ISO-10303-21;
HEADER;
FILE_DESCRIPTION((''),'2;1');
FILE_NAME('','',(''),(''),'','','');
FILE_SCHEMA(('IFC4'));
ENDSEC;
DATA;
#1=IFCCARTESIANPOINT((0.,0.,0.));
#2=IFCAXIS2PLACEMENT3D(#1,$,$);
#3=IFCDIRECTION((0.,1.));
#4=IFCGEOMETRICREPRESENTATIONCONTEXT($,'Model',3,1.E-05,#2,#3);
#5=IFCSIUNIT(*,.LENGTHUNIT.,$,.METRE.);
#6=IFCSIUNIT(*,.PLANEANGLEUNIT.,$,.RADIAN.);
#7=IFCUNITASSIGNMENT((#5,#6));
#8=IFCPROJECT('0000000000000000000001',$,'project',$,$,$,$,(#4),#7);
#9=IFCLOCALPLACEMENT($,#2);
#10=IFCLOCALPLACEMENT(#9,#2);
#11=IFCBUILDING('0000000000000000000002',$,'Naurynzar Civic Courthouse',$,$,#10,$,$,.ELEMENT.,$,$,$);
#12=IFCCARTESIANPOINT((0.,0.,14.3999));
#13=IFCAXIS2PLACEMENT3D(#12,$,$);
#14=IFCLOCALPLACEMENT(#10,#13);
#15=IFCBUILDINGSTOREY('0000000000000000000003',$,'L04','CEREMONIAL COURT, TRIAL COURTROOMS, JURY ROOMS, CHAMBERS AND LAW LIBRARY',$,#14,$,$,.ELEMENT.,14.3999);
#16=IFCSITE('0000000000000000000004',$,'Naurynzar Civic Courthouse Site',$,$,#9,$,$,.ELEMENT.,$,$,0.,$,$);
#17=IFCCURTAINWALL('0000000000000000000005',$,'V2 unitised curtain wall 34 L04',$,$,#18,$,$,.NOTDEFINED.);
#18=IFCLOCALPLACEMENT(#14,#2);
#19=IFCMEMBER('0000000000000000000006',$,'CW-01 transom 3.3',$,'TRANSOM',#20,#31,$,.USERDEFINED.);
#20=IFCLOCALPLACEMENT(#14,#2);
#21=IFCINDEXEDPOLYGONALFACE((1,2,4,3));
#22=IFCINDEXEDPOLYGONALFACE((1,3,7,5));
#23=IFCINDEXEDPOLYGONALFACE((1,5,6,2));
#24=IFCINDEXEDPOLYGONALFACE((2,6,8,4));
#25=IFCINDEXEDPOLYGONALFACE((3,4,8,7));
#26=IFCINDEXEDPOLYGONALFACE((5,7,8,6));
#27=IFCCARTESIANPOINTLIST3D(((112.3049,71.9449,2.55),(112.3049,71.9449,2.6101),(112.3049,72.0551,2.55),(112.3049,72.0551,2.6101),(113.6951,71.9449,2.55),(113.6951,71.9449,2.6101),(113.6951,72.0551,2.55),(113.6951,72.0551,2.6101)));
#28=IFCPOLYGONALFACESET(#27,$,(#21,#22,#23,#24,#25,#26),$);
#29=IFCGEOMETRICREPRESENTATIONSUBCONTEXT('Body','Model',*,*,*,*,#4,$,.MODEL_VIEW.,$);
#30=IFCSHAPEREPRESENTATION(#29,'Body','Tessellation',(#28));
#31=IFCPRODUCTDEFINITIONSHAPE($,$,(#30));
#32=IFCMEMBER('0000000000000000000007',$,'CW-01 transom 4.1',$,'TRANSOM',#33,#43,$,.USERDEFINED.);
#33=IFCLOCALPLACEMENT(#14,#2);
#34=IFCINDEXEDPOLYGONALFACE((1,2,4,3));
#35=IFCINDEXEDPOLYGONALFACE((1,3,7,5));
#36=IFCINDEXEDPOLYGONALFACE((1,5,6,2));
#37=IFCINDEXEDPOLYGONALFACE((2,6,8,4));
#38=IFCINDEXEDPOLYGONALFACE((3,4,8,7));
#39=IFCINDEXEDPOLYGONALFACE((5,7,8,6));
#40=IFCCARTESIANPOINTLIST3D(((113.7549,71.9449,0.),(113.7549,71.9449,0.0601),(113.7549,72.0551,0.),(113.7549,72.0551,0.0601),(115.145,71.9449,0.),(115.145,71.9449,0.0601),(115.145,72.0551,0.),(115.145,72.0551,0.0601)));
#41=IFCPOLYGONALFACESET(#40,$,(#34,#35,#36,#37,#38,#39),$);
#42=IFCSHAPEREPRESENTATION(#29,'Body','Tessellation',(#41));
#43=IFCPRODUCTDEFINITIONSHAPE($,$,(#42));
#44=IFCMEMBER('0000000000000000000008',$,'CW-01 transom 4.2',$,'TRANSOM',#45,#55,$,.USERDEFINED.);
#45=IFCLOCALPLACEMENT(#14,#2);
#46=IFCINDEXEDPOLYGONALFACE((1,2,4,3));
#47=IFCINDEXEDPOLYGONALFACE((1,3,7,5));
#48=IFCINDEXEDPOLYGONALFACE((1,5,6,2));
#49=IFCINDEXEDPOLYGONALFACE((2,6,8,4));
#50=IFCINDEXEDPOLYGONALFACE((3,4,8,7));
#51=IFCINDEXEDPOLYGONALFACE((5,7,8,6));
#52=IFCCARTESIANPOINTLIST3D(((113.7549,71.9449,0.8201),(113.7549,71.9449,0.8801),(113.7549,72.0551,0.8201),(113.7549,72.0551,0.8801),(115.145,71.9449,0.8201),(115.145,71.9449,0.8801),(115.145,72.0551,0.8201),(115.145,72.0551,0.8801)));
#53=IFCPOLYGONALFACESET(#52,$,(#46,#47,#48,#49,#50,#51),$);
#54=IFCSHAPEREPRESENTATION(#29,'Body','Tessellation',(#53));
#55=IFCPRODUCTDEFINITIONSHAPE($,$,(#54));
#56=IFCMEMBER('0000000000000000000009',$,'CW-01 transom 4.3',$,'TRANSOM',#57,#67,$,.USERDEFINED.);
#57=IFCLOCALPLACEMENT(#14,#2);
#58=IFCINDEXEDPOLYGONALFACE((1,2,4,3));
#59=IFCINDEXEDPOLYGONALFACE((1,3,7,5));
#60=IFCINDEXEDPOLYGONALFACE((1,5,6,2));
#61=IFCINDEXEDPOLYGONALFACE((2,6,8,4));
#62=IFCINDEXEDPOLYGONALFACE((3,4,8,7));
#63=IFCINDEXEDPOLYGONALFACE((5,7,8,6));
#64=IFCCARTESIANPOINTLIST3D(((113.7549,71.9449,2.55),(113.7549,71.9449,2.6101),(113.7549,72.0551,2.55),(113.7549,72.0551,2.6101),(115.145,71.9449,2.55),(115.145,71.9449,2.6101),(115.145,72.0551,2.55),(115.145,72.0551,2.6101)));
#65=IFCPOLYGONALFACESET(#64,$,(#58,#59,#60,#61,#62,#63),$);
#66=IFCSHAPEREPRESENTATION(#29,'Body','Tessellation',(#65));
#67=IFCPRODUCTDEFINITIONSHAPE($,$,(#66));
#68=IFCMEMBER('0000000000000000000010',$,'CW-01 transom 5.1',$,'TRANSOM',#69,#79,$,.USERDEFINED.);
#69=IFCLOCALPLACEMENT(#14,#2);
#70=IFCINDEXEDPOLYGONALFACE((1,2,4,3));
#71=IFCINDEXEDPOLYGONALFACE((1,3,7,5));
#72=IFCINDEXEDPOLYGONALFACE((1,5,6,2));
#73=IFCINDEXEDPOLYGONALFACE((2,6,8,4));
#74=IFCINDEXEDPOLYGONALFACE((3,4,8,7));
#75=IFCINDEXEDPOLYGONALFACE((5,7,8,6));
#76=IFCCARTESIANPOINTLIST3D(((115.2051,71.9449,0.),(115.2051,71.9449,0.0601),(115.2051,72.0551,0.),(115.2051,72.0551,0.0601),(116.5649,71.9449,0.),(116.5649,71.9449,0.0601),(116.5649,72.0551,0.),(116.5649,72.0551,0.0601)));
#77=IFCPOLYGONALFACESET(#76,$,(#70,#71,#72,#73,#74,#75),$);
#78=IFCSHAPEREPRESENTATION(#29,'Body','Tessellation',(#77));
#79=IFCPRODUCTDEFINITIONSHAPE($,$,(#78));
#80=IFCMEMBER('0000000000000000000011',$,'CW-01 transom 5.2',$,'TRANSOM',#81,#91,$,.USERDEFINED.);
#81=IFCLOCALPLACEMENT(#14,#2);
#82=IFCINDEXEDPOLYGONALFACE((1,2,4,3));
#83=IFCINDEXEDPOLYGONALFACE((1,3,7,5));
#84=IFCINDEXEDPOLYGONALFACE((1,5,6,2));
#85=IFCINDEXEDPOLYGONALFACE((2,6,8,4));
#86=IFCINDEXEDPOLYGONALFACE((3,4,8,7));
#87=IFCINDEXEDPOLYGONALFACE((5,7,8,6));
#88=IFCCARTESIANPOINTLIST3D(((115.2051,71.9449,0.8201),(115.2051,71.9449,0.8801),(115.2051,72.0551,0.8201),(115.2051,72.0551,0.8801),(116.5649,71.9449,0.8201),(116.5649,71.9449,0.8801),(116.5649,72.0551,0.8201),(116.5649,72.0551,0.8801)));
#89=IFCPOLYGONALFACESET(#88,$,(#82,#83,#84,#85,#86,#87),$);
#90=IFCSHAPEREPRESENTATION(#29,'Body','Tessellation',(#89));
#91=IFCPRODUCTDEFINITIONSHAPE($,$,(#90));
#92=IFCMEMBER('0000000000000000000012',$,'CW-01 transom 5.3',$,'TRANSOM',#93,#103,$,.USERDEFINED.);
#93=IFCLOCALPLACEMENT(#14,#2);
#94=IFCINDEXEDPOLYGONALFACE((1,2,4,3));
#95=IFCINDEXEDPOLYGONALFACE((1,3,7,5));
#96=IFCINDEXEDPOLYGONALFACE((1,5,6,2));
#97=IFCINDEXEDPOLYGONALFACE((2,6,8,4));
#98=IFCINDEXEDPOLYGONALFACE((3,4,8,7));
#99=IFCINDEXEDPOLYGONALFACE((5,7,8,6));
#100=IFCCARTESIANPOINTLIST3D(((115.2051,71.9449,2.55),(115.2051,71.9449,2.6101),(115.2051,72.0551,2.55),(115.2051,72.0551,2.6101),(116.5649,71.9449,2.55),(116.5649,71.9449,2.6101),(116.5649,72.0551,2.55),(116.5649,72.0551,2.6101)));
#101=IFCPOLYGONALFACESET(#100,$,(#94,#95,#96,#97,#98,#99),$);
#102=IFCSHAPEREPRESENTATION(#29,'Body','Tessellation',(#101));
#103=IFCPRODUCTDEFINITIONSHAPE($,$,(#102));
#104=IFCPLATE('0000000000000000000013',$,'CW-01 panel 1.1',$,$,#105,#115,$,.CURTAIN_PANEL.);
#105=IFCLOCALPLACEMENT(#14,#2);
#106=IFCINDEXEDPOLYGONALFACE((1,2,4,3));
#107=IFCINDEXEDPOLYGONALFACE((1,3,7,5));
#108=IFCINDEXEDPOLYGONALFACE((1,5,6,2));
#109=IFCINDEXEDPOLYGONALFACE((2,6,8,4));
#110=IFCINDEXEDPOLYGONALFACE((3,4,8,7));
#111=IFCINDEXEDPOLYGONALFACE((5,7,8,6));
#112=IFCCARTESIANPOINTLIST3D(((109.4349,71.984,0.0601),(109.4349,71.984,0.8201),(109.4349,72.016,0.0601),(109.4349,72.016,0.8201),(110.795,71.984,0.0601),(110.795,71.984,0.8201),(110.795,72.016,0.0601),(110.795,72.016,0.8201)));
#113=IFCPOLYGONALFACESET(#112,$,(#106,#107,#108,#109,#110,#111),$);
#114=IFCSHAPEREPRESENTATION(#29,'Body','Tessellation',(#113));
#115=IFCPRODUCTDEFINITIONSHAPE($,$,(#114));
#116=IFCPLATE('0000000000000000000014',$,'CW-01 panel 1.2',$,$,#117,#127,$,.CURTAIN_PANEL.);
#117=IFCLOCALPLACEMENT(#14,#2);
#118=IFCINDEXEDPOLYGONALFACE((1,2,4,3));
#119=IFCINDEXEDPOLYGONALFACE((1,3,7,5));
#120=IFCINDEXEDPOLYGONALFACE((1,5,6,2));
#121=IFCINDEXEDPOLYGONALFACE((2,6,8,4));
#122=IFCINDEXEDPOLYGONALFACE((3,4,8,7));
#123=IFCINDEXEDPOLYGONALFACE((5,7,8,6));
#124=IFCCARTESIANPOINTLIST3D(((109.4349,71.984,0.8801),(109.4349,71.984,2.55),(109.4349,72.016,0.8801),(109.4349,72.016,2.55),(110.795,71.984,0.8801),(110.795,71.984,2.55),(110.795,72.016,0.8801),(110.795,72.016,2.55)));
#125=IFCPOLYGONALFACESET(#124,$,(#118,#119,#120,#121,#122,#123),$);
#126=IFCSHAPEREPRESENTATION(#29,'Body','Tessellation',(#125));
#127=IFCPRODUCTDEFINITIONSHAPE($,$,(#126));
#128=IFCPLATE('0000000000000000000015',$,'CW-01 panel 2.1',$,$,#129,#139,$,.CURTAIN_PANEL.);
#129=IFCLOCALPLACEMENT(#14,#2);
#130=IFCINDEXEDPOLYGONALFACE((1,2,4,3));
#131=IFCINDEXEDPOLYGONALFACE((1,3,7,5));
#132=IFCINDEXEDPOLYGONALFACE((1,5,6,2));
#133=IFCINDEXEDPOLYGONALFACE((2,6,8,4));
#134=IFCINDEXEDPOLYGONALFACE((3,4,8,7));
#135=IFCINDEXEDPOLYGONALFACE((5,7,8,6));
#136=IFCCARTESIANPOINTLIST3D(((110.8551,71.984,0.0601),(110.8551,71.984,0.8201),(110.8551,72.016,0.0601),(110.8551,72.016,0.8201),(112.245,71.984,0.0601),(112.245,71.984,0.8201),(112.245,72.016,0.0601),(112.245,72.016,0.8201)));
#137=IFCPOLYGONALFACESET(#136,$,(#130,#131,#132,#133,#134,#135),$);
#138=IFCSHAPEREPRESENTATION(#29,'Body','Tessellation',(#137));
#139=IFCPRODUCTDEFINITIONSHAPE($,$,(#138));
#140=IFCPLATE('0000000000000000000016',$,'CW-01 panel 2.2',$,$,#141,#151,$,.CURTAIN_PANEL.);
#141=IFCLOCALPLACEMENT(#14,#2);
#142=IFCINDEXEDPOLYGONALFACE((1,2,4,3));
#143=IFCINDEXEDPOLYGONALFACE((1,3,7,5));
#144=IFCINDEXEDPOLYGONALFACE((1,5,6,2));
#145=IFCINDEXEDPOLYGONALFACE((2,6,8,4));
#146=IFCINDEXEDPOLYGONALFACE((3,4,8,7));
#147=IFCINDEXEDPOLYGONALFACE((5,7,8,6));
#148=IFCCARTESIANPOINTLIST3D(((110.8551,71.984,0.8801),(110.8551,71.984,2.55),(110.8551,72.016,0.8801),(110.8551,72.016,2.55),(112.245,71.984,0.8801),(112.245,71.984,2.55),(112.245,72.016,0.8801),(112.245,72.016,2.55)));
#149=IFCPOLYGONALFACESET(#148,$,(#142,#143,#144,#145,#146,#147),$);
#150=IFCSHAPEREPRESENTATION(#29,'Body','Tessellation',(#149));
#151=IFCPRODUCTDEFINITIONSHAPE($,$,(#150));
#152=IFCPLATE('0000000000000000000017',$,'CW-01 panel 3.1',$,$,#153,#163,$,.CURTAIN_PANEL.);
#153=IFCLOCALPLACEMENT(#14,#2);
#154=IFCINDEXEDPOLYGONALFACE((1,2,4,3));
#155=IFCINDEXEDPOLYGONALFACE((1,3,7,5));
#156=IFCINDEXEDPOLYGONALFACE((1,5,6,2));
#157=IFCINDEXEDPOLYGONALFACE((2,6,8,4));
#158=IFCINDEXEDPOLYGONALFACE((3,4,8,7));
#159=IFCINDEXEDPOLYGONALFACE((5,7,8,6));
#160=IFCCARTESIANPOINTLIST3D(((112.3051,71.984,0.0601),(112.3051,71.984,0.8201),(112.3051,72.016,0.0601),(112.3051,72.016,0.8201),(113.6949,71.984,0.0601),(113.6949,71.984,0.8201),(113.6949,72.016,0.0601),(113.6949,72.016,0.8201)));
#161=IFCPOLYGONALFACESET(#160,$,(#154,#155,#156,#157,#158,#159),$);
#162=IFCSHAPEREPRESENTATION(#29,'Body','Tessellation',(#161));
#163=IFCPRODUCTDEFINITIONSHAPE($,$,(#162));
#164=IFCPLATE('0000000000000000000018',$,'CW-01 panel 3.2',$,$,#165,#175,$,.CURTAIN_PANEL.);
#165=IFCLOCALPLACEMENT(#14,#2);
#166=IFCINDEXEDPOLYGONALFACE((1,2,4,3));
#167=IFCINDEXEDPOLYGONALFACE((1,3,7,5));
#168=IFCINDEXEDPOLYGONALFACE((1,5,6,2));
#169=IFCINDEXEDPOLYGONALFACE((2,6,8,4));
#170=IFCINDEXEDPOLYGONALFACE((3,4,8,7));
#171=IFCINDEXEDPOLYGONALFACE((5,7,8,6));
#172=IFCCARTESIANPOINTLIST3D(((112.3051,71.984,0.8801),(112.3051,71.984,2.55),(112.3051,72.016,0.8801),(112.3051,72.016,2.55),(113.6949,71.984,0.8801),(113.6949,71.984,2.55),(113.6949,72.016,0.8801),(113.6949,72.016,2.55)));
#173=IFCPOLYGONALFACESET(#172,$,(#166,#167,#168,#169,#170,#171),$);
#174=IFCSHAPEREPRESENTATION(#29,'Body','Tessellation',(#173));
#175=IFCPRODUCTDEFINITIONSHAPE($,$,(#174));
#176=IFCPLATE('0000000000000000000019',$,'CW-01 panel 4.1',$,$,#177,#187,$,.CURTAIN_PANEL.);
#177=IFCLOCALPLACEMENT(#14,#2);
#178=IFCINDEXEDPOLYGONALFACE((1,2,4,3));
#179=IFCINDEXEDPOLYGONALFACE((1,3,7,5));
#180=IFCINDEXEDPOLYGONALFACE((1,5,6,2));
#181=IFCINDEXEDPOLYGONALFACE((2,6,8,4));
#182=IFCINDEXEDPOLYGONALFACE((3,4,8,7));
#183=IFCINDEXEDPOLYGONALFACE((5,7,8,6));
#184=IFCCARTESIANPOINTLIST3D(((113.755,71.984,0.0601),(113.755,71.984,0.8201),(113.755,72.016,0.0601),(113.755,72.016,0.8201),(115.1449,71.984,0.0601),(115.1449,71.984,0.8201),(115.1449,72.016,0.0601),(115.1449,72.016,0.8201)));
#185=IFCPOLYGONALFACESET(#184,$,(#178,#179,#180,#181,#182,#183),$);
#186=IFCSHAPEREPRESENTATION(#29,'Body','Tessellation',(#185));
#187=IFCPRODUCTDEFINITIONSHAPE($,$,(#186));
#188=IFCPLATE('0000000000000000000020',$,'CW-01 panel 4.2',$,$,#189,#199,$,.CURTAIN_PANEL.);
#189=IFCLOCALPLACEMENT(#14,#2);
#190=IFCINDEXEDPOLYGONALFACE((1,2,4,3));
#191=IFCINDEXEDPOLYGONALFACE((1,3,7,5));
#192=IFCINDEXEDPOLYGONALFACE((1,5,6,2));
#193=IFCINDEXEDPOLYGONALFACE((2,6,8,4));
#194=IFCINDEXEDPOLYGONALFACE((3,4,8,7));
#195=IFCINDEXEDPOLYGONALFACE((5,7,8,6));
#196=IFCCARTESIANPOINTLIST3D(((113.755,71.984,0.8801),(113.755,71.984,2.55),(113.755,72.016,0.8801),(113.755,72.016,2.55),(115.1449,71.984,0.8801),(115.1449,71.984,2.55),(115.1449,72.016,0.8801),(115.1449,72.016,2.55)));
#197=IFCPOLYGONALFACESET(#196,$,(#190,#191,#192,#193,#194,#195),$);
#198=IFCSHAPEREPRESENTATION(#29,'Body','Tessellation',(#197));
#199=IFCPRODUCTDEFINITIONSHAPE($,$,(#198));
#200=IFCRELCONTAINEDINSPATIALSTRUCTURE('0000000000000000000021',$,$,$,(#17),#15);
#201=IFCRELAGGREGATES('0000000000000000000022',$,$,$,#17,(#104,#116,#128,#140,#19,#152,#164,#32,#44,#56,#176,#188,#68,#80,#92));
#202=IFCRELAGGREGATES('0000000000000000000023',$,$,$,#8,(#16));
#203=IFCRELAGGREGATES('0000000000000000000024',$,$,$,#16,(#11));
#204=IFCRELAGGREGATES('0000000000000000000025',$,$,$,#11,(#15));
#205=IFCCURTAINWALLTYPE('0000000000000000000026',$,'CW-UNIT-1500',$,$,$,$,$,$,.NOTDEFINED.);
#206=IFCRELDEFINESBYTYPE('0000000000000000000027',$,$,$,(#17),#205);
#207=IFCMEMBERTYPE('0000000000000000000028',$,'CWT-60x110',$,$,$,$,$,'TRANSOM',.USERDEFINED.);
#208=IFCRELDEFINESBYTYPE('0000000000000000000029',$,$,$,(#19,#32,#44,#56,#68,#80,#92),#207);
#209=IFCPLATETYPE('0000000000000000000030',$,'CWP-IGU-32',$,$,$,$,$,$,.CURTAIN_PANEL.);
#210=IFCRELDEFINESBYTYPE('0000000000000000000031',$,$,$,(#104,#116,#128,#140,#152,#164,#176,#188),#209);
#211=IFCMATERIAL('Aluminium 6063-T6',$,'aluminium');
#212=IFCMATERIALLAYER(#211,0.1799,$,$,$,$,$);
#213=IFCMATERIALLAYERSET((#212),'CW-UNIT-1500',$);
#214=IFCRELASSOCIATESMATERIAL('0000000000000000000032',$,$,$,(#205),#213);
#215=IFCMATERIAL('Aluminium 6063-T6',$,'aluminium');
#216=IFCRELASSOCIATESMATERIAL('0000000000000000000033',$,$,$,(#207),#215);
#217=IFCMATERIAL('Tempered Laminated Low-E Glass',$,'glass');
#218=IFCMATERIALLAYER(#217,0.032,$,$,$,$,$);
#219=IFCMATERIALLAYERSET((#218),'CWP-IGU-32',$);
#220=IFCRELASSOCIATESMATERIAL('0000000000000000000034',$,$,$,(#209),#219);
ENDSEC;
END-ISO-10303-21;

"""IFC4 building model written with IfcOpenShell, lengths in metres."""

from ifc_helpers import new_model, si_unit, direction, frame, origin, origin_2d, place, context, subcontext, project, spatial, rectangle, extrude, material, layer, layer_set, material_profile, profile_set, type_object, element, aggregate, save


model = new_model("IFC4")

# Units and contexts
model_context = context("Model", 3, precision=1e-05, world=origin(), true_north=direction((0.0, 1.0)))
body_context = subcontext(model_context, "Body", "Model", "MODEL_VIEW")
ifc_project = project(units=[si_unit("LENGTHUNIT", "METRE"), si_unit("PLANEANGLEUNIT", "RADIAN")], contexts=[model_context])

# Site, building, storey
site_placement = place(None, origin())
site = spatial("IfcSite", under=ifc_project, at=site_placement, Name="Naurynzar Civic Courthouse Site", CompositionType="ELEMENT", RefElevation=0.0)
building_placement = place(site_placement, origin())
building = spatial("IfcBuilding", under=site, at=building_placement, Name="Naurynzar Civic Courthouse", CompositionType="ELEMENT")
storey_placement = place(building_placement, frame((0.0, 0.0, 14.3999)))
storey = spatial("IfcBuildingStorey", under=building, at=storey_placement, Name="L04", Description="CEREMONIAL COURT, TRIAL COURTROOMS, JURY ROOMS, CHAMBERS AND LAW LIBRARY", CompositionType="ELEMENT", Elevation=14.3999)

# Curtain wall, members, plates
ifc_material_1 = material(Name="Aluminium 6063-T6", Category="aluminium")
ifc_layer_1 = layer(ifc_material_1, 0.1799)
ifc_layer_set_1 = layer_set([ifc_layer_1], Name="CW-UNIT-1500")
curtain_wall_type = type_object("IfcCurtainWallType", Name="CW-UNIT-1500", PredefinedType="NOTDEFINED", material=ifc_layer_set_1)
curtain_wall_placement = place(storey_placement, origin())
curtain_wall = element("IfcCurtainWall", 1, at=curtain_wall_placement, inside=storey, type_object=curtain_wall_type, Name="V2 unitised curtain wall 34 L04", PredefinedType="NOTDEFINED")
ifc_material_2 = material(Name="Aluminium 6063-T6", Category="aluminium")
ifc_material_profile_1 = material_profile(ifc_material_2, rectangle(XDim=0.1101, YDim=0.0601, at=origin_2d()), Name="ALU TRANSOM 60x110")
ifc_profile_set_1 = profile_set([ifc_material_profile_1], Name="Aluminium 6063-T6")
member_type_1 = type_object("IfcMemberType", Name="CWT-60x110", ElementType="TRANSOM", PredefinedType="USERDEFINED", material=ifc_profile_set_1)
member_1_placement = place(storey_placement, frame((112.3049, 72.0, 2.5801), z_axis=(1.0, 0.0, 0.0), x_axis=(0.0, 1.0, 0.0)))
member_1 = element("IfcMember", 2, at=member_1_placement, type_object=member_type_1, Name="CW-01 transom 3.3", ObjectType="TRANSOM", PredefinedType="USERDEFINED", context=body_context, shape_type="SweptSolid", body=[
    extrude(rectangle(XDim=0.1101, YDim=0.0601, at=origin_2d()), origin(), (0.0, 0.0, 1.0), 1.3901),
])
member_2_placement = place(storey_placement, frame((113.7549, 72.0, 0.03), z_axis=(1.0, 0.0, 0.0), x_axis=(0.0, 1.0, 0.0)))
member_2 = element("IfcMember", 3, at=member_2_placement, type_object=member_type_1, Name="CW-01 transom 4.1", ObjectType="TRANSOM", PredefinedType="USERDEFINED", context=body_context, shape_type="SweptSolid", body=[
    extrude(rectangle(XDim=0.1101, YDim=0.0601, at=origin_2d()), origin(), (0.0, 0.0, 1.0), 1.3901),
])
member_3_placement = place(storey_placement, frame((113.7549, 72.0, 0.8501), z_axis=(1.0, 0.0, 0.0), x_axis=(0.0, 1.0, 0.0)))
member_3 = element("IfcMember", 4, at=member_3_placement, type_object=member_type_1, Name="CW-01 transom 4.2", ObjectType="TRANSOM", PredefinedType="USERDEFINED", context=body_context, shape_type="SweptSolid", body=[
    extrude(rectangle(XDim=0.1101, YDim=0.0601, at=origin_2d()), origin(), (0.0, 0.0, 1.0), 1.3901),
])
member_4_placement = place(storey_placement, frame((113.7549, 72.0, 2.5801), z_axis=(1.0, 0.0, 0.0), x_axis=(0.0, 1.0, 0.0)))
member_4 = element("IfcMember", 5, at=member_4_placement, type_object=member_type_1, Name="CW-01 transom 4.3", ObjectType="TRANSOM", PredefinedType="USERDEFINED", context=body_context, shape_type="SweptSolid", body=[
    extrude(rectangle(XDim=0.1101, YDim=0.0601, at=origin_2d()), origin(), (0.0, 0.0, 1.0), 1.3901),
])
member_5_placement = place(storey_placement, frame((115.2051, 72.0, 0.03), z_axis=(1.0, 0.0, 0.0), x_axis=(0.0, 1.0, 0.0)))
member_5 = element("IfcMember", 6, at=member_5_placement, type_object=member_type_1, Name="CW-01 transom 5.1", ObjectType="TRANSOM", PredefinedType="USERDEFINED", context=body_context, shape_type="SweptSolid", body=[
    extrude(rectangle(XDim=0.1101, YDim=0.0601, at=origin_2d()), origin(), (0.0, 0.0, 1.0), 1.3599),
])
member_6_placement = place(storey_placement, frame((115.2051, 72.0, 0.8501), z_axis=(1.0, 0.0, 0.0), x_axis=(0.0, 1.0, 0.0)))
member_6 = element("IfcMember", 7, at=member_6_placement, type_object=member_type_1, Name="CW-01 transom 5.2", ObjectType="TRANSOM", PredefinedType="USERDEFINED", context=body_context, shape_type="SweptSolid", body=[
    extrude(rectangle(XDim=0.1101, YDim=0.0601, at=origin_2d()), origin(), (0.0, 0.0, 1.0), 1.3599),
])
member_7_placement = place(storey_placement, frame((115.2051, 72.0, 2.5801), z_axis=(1.0, 0.0, 0.0), x_axis=(0.0, 1.0, 0.0)))
member_7 = element("IfcMember", 8, at=member_7_placement, type_object=member_type_1, Name="CW-01 transom 5.3", ObjectType="TRANSOM", PredefinedType="USERDEFINED", context=body_context, shape_type="SweptSolid", body=[
    extrude(rectangle(XDim=0.1101, YDim=0.0601, at=origin_2d()), origin(), (0.0, 0.0, 1.0), 1.3599),
])
ifc_material_3 = material(Name="Tempered Laminated Low-E Glass", Category="glass")
ifc_layer_2 = layer(ifc_material_3, 0.032)
ifc_layer_set_2 = layer_set([ifc_layer_2], Name="CWP-IGU-32")
plate_type = type_object("IfcPlateType", Name="CWP-IGU-32", PredefinedType="CURTAIN_PANEL", material=ifc_layer_set_2)
plate_1_placement = place(storey_placement, frame((110.115, 72.0, 0.0601), z_axis=(0.0, 0.0, 1.0), x_axis=(1.0, 0.0, 0.0)))
plate_1 = element("IfcPlate", 9, at=plate_1_placement, type_object=plate_type, Name="CW-01 panel 1.1", PredefinedType="CURTAIN_PANEL", context=body_context, shape_type="SweptSolid", body=[
    extrude(rectangle(XDim=1.3601, YDim=0.032, at=origin_2d()), origin(), (0.0, 0.0, 1.0), 0.76),
])
plate_2_placement = place(storey_placement, frame((110.115, 72.0, 0.8801), z_axis=(0.0, 0.0, 1.0), x_axis=(1.0, 0.0, 0.0)))
plate_2 = element("IfcPlate", 10, at=plate_2_placement, type_object=plate_type, Name="CW-01 panel 1.2", PredefinedType="CURTAIN_PANEL", context=body_context, shape_type="SweptSolid", body=[
    extrude(rectangle(XDim=1.3601, YDim=0.032, at=origin_2d()), origin(), (0.0, 0.0, 1.0), 1.6699),
])
plate_3_placement = place(storey_placement, frame((111.55, 72.0, 0.0601), z_axis=(0.0, 0.0, 1.0), x_axis=(1.0, 0.0, 0.0)))
plate_3 = element("IfcPlate", 11, at=plate_3_placement, type_object=plate_type, Name="CW-01 panel 2.1", PredefinedType="CURTAIN_PANEL", context=body_context, shape_type="SweptSolid", body=[
    extrude(rectangle(XDim=1.3899, YDim=0.032, at=origin_2d()), origin(), (0.0, 0.0, 1.0), 0.76),
])
plate_4_placement = place(storey_placement, frame((111.55, 72.0, 0.8801), z_axis=(0.0, 0.0, 1.0), x_axis=(1.0, 0.0, 0.0)))
plate_4 = element("IfcPlate", 12, at=plate_4_placement, type_object=plate_type, Name="CW-01 panel 2.2", PredefinedType="CURTAIN_PANEL", context=body_context, shape_type="SweptSolid", body=[
    extrude(rectangle(XDim=1.3899, YDim=0.032, at=origin_2d()), origin(), (0.0, 0.0, 1.0), 1.6699),
])
plate_5_placement = place(storey_placement, frame((113.0, 72.0, 0.0601), z_axis=(0.0, 0.0, 1.0), x_axis=(1.0, 0.0, 0.0)))
plate_5 = element("IfcPlate", 13, at=plate_5_placement, type_object=plate_type, Name="CW-01 panel 3.1", PredefinedType="CURTAIN_PANEL", context=body_context, shape_type="SweptSolid", body=[
    extrude(rectangle(XDim=1.3899, YDim=0.032, at=origin_2d()), origin(), (0.0, 0.0, 1.0), 0.76),
])
plate_6_placement = place(storey_placement, frame((113.0, 72.0, 0.8801), z_axis=(0.0, 0.0, 1.0), x_axis=(1.0, 0.0, 0.0)))
plate_6 = element("IfcPlate", 14, at=plate_6_placement, type_object=plate_type, Name="CW-01 panel 3.2", PredefinedType="CURTAIN_PANEL", context=body_context, shape_type="SweptSolid", body=[
    extrude(rectangle(XDim=1.3899, YDim=0.032, at=origin_2d()), origin(), (0.0, 0.0, 1.0), 1.6699),
])
plate_7_placement = place(storey_placement, frame((114.45, 72.0, 0.0601), z_axis=(0.0, 0.0, 1.0), x_axis=(1.0, 0.0, 0.0)))
plate_7 = element("IfcPlate", 15, at=plate_7_placement, type_object=plate_type, Name="CW-01 panel 4.1", PredefinedType="CURTAIN_PANEL", context=body_context, shape_type="SweptSolid", body=[
    extrude(rectangle(XDim=1.3899, YDim=0.032, at=origin_2d()), origin(), (0.0, 0.0, 1.0), 0.76),
])
plate_8_placement = place(storey_placement, frame((114.45, 72.0, 0.8801), z_axis=(0.0, 0.0, 1.0), x_axis=(1.0, 0.0, 0.0)))
plate_8 = element("IfcPlate", 16, at=plate_8_placement, type_object=plate_type, Name="CW-01 panel 4.2", PredefinedType="CURTAIN_PANEL", context=body_context, shape_type="SweptSolid", body=[
    extrude(rectangle(XDim=1.3899, YDim=0.032, at=origin_2d()), origin(), (0.0, 0.0, 1.0), 1.6699),
])
aggregate(curtain_wall, [plate_1, plate_2, plate_3, plate_4, member_1, plate_5, plate_6, member_2, member_3, member_4, plate_7, plate_8, member_5, member_6, member_7])

save(model, "model.ifc")
